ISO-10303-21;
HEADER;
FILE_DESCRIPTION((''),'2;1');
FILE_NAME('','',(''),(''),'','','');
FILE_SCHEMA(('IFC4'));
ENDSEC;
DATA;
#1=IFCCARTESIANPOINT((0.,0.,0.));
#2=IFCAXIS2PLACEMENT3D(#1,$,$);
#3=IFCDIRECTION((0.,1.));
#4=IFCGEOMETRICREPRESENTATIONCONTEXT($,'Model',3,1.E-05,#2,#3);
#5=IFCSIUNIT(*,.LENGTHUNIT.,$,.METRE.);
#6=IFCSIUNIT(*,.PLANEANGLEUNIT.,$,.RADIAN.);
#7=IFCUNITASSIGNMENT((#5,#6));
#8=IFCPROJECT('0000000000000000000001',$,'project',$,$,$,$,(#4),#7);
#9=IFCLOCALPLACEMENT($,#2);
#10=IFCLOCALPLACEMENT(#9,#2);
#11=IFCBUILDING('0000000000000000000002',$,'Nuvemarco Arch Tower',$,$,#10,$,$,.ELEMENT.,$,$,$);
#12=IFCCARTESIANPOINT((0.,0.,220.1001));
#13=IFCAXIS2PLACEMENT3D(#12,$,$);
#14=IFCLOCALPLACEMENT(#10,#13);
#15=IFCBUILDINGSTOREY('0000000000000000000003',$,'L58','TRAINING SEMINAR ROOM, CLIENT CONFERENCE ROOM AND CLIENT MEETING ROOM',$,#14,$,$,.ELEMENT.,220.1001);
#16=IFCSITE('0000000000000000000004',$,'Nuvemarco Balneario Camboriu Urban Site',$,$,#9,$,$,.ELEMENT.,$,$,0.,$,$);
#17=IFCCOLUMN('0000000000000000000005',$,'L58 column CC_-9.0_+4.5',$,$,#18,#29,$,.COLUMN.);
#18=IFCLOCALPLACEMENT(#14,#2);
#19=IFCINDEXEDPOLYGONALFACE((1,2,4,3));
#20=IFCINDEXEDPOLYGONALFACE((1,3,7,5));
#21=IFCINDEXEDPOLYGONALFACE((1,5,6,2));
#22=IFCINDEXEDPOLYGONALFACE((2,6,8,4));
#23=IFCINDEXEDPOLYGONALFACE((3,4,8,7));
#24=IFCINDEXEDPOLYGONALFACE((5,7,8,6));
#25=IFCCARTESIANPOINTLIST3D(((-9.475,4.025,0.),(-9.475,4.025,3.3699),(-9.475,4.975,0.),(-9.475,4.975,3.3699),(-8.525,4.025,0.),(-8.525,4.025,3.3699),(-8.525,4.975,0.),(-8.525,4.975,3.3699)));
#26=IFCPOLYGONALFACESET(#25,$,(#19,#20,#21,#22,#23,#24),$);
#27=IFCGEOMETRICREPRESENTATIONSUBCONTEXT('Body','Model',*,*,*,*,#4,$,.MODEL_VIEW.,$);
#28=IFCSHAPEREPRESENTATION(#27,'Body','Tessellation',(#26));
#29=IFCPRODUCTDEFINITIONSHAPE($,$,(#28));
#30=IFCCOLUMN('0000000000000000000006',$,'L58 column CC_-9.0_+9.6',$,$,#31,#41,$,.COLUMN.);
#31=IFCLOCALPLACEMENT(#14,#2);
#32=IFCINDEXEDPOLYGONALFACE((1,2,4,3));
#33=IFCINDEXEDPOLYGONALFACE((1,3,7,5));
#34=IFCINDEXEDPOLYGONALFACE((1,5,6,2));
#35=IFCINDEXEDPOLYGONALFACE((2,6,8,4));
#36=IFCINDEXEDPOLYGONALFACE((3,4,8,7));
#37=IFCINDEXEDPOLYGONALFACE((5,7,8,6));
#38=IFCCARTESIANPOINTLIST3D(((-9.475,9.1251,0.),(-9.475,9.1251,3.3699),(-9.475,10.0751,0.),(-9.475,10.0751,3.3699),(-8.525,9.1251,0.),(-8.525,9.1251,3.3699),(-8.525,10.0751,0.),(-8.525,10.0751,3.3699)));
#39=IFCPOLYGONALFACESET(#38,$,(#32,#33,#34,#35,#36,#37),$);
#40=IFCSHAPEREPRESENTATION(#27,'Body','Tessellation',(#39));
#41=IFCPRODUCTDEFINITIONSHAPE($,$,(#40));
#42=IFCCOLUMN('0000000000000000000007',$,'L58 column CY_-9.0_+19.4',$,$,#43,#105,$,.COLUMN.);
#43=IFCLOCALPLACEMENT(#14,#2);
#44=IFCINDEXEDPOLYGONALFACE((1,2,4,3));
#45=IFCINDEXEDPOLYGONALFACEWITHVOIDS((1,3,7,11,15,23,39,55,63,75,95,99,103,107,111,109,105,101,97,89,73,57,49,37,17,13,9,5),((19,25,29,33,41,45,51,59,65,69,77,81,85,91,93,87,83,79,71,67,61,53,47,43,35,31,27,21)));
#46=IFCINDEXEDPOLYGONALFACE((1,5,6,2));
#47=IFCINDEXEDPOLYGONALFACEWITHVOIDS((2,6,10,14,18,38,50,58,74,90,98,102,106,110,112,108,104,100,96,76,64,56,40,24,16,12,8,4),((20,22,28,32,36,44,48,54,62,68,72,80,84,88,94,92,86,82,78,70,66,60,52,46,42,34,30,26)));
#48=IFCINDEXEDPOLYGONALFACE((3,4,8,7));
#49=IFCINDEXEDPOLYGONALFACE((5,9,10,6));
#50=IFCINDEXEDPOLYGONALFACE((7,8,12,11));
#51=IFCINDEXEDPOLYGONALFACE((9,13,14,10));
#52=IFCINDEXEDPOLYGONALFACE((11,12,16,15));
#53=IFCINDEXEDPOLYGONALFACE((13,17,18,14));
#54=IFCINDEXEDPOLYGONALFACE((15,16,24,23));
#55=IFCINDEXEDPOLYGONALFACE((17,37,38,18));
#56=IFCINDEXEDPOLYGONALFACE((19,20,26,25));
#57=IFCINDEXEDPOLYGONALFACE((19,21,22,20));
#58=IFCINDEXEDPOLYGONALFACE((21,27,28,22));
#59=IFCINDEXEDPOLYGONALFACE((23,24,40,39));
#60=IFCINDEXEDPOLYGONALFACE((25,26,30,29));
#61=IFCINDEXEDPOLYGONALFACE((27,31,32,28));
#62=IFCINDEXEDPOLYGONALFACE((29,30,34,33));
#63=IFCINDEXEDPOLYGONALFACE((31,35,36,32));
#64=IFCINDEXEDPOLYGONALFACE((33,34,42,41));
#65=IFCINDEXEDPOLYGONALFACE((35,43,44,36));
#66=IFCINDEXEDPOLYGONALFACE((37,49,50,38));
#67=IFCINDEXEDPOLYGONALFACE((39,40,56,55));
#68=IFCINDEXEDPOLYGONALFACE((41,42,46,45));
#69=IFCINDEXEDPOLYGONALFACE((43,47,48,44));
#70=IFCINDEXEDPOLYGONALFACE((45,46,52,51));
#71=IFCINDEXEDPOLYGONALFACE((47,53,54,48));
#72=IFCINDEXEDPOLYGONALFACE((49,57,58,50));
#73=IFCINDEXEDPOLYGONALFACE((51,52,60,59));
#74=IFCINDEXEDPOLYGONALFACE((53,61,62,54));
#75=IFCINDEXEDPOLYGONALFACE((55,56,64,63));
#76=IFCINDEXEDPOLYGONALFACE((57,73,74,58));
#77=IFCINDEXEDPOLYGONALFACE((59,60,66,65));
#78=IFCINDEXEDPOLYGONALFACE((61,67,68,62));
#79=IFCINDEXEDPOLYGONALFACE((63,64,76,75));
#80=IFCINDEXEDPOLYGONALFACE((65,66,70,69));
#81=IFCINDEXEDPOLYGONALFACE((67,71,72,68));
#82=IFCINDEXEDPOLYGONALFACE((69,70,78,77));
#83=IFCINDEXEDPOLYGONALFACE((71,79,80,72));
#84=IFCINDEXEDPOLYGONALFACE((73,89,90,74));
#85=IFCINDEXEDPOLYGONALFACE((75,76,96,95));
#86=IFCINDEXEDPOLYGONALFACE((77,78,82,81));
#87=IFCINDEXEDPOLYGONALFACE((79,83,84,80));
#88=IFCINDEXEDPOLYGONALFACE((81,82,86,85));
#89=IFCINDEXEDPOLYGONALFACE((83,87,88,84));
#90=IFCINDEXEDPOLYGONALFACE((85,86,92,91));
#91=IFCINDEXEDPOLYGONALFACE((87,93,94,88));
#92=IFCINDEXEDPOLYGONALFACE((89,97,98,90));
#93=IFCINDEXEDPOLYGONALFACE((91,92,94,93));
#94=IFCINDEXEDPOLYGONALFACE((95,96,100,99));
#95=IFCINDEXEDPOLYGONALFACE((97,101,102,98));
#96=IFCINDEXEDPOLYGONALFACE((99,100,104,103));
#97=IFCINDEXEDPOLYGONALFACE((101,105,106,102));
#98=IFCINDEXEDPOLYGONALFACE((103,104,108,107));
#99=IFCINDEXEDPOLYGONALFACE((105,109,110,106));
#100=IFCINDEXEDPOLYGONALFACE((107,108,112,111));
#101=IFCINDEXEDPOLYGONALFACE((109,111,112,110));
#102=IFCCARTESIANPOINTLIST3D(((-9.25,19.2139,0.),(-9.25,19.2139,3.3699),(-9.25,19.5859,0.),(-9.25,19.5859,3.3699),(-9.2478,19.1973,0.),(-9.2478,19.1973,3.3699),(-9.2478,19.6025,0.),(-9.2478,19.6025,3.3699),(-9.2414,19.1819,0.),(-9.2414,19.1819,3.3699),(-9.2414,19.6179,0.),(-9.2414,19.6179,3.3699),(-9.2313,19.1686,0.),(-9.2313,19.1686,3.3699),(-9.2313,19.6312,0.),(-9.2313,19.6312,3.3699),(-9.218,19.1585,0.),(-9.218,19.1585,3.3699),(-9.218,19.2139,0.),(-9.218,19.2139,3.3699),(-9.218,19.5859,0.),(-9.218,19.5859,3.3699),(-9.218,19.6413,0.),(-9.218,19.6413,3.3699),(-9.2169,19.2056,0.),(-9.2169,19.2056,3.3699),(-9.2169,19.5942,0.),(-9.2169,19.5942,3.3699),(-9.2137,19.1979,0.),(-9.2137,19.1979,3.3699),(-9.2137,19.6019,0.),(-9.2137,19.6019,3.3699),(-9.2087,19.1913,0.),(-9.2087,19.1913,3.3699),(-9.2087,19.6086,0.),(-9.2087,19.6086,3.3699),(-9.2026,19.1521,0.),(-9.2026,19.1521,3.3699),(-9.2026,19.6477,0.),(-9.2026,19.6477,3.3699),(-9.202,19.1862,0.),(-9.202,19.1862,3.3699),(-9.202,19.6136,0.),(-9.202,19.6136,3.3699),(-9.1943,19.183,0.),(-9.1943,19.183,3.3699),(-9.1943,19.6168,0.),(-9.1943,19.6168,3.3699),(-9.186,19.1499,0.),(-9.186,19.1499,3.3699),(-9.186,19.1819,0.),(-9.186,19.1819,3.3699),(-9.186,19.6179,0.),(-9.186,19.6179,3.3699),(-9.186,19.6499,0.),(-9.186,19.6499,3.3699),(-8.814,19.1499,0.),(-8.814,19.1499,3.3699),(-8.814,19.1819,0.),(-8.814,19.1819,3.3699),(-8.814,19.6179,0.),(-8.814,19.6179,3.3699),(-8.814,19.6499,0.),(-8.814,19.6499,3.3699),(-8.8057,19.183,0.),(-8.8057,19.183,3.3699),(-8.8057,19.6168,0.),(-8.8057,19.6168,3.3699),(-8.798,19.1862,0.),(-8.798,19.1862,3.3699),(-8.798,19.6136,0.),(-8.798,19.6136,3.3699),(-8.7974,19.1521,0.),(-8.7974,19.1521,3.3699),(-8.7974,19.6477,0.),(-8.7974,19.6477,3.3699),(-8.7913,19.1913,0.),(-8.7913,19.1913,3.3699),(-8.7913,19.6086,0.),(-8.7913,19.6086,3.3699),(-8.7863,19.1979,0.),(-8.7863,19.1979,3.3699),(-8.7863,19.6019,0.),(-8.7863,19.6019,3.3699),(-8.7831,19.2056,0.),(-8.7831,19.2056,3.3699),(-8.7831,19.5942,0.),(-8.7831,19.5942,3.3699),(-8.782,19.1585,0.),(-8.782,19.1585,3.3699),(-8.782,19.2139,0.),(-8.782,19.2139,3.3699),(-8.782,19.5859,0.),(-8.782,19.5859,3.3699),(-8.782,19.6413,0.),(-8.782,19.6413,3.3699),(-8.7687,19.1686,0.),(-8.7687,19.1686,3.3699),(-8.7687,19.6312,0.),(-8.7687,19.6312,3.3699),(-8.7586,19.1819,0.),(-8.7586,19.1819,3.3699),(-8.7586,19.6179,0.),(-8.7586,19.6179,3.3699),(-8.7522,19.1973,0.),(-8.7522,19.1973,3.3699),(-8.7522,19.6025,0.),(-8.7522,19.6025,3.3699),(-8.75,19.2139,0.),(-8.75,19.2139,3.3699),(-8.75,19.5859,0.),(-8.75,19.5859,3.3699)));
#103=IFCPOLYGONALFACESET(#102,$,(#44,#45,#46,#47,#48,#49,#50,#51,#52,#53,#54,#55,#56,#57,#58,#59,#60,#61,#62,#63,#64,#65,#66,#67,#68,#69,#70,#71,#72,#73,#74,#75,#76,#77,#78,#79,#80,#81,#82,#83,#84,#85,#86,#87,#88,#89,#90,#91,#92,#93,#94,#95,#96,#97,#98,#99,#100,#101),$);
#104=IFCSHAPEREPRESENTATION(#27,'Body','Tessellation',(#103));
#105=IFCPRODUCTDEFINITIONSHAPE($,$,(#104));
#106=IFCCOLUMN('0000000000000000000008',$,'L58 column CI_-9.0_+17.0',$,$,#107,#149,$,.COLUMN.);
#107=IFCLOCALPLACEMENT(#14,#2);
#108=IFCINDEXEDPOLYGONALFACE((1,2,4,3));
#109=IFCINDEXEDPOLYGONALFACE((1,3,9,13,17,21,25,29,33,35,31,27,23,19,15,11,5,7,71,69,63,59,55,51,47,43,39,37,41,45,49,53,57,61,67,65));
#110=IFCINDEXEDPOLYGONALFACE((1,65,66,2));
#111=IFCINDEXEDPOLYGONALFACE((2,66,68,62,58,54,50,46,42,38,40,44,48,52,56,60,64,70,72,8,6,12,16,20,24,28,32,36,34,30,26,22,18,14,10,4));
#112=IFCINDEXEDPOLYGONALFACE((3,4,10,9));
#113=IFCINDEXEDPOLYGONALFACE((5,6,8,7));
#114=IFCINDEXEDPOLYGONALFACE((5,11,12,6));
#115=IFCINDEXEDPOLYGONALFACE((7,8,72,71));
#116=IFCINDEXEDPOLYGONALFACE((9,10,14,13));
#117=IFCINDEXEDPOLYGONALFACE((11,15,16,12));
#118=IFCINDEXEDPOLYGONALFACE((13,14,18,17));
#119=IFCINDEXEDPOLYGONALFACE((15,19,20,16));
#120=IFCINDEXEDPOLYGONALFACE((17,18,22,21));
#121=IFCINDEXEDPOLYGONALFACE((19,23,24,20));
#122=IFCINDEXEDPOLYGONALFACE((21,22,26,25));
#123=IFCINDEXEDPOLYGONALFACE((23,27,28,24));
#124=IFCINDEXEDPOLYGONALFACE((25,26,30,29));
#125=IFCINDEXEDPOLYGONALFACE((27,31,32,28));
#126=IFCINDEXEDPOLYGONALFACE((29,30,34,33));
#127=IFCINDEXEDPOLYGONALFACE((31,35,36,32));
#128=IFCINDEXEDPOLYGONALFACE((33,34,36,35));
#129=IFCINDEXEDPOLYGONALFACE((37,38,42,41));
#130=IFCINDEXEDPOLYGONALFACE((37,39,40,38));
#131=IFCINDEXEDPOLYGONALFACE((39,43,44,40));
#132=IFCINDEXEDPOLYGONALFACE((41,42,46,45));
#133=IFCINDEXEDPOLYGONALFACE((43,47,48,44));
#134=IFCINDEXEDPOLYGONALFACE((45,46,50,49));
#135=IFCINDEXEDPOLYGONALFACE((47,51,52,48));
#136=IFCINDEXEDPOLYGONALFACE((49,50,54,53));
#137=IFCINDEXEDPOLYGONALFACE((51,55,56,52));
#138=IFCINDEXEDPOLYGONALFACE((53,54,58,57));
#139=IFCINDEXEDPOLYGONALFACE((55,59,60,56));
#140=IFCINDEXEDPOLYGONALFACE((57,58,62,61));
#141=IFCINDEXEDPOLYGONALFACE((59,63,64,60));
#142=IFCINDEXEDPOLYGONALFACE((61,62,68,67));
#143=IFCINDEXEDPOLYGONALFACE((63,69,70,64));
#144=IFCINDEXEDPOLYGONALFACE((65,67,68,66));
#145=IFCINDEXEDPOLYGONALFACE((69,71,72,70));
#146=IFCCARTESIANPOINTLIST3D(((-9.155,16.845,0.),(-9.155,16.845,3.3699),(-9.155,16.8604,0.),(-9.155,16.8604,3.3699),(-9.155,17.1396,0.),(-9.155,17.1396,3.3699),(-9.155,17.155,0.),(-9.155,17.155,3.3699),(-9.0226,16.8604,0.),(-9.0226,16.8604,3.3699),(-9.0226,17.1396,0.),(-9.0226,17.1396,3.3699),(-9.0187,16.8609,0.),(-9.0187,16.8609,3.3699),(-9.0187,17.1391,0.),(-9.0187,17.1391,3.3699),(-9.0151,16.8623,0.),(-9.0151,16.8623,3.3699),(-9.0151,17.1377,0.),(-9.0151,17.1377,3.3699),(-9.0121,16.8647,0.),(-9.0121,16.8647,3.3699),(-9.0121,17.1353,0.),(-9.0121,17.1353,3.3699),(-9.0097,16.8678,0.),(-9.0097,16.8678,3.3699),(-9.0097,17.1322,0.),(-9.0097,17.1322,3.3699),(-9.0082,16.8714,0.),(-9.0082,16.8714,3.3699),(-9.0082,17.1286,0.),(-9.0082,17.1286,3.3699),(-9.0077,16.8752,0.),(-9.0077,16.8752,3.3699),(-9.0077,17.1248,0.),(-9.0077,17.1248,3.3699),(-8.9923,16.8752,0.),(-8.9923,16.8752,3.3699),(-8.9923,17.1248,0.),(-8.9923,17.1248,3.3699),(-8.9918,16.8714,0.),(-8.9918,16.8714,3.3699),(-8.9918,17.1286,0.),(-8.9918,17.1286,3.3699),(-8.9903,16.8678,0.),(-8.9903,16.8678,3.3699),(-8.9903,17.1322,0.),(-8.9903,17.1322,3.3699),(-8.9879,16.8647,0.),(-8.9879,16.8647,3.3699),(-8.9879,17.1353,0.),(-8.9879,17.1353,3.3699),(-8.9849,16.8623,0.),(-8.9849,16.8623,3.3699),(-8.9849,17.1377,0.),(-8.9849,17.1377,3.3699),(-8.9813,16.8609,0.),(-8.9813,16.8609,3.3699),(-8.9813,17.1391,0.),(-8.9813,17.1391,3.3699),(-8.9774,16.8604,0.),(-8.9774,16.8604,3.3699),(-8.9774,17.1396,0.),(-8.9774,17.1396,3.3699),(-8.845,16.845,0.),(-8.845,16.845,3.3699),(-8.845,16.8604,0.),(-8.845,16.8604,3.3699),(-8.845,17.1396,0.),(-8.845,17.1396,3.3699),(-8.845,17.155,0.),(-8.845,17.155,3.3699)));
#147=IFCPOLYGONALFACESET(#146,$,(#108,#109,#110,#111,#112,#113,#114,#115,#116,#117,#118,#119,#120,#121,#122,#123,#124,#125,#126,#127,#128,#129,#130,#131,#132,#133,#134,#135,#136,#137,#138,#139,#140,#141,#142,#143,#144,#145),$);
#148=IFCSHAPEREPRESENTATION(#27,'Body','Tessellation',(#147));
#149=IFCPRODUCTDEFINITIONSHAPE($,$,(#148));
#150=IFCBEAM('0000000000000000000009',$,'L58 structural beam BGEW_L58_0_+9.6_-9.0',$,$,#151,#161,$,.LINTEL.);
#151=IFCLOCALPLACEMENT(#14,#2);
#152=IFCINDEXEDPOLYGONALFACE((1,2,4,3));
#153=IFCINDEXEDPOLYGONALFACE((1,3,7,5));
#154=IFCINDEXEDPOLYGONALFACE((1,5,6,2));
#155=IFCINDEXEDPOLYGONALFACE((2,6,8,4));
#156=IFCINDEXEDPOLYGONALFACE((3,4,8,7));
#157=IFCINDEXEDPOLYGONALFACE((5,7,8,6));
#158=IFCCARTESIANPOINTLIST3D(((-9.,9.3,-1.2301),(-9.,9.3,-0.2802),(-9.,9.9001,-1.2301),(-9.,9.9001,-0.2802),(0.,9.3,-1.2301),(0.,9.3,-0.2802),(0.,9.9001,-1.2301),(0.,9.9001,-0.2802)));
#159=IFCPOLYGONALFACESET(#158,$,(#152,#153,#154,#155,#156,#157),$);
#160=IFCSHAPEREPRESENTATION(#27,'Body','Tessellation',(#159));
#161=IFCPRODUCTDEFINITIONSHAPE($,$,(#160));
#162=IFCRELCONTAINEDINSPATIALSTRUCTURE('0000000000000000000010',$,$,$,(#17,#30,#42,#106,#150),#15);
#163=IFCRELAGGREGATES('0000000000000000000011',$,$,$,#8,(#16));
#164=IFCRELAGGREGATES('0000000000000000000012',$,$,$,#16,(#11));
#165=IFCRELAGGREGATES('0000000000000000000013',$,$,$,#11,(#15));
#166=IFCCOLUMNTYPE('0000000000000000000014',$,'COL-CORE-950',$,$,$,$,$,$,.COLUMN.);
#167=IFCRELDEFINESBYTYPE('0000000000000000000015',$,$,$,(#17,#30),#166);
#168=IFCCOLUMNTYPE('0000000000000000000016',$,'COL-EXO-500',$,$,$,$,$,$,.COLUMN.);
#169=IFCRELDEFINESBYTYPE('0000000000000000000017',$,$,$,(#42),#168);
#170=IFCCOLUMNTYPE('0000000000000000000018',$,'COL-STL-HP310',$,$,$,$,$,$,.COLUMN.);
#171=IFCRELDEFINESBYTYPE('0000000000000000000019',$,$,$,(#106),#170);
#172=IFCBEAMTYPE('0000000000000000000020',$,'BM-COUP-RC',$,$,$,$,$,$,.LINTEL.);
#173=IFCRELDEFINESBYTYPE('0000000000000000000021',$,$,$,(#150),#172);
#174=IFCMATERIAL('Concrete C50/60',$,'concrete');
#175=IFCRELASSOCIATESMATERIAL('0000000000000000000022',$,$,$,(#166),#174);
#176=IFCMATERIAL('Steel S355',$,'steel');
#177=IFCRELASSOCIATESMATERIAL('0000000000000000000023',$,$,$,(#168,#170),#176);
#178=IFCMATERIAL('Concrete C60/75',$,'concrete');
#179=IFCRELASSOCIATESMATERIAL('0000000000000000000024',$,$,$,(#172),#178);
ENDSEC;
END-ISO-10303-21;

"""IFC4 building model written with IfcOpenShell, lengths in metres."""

from ifc_helpers import new_model, si_unit, direction, frame, origin, origin_2d, place, context, subcontext, project, spatial, rectangle, hollow_rectangle, i_section, extrude, material, material_profile, profile_set, type_object, element, save


model = new_model("IFC4")

# Units and contexts
model_context = context("Model", 3, precision=1e-05, world=origin(), true_north=direction((0.0, 1.0)))
body_context = subcontext(model_context, "Body", "Model", "MODEL_VIEW")
ifc_project = project(units=[si_unit("LENGTHUNIT", "METRE"), si_unit("PLANEANGLEUNIT", "RADIAN")], contexts=[model_context])

# Site, building, storey
site_placement = place(None, origin())
site = spatial("IfcSite", under=ifc_project, at=site_placement, Name="Nuvemarco Balneario Camboriu Urban Site", CompositionType="ELEMENT", RefElevation=0.0)
building_placement = place(site_placement, origin())
building = spatial("IfcBuilding", under=site, at=building_placement, Name="Nuvemarco Arch Tower", CompositionType="ELEMENT")
storey_placement = place(building_placement, frame((0.0, 0.0, 220.1001)))
storey = spatial("IfcBuildingStorey", under=building, at=storey_placement, Name="L58", Description="TRAINING SEMINAR ROOM, CLIENT CONFERENCE ROOM AND CLIENT MEETING ROOM", CompositionType="ELEMENT", Elevation=220.1001)

# Columns
ifc_material_1 = material(Name="Concrete C50/60", Category="concrete")
ifc_material_profile_1 = material_profile(ifc_material_1, rectangle(XDim=0.95, YDim=0.95, at=origin_2d()), Name="RC-COL-950x950")
ifc_profile_set_1 = profile_set([ifc_material_profile_1], Name="Concrete C50/60")
column_type_1 = type_object("IfcColumnType", Name="COL-CORE-950", PredefinedType="COLUMN", material=ifc_profile_set_1)
for number, where, z_axis, x_axis, name in (
    (1, (-9.0, 4.5, 0.0), (0.0, 0.0, 1.0), (1.0, 0.0, 0.0), "L58 column CC_-9.0_+4.5"),
    (2, (-9.0, 9.6001, 0.0), (0.0, 0.0, 1.0), (1.0, 0.0, 0.0), "L58 column CC_-9.0_+9.6"),
):
    element("IfcColumn", number, at=place(storey_placement, frame(where, z_axis=z_axis, x_axis=x_axis)), inside=storey, type_object=column_type_1, Name=name, PredefinedType="COLUMN", context=body_context, shape_type="SweptSolid", body=[
        extrude(rectangle(XDim=0.95, YDim=0.95, at=origin_2d()), origin(), (0.0, 0.0, 1.0), 3.3699),
    ])
ifc_material_2 = material(Name="Steel S355", Category="steel")
ifc_material_profile_2 = material_profile(ifc_material_2, hollow_rectangle(XDim=0.5, YDim=0.5, WallThickness=0.032, InnerFilletRadius=0.032, OuterFilletRadius=0.064, at=origin_2d()), Name="SHS500x500x32")
ifc_profile_set_2 = profile_set([ifc_material_profile_2], Name="Steel S355")
column_type_2 = type_object("IfcColumnType", Name="COL-EXO-500", PredefinedType="COLUMN", material=ifc_profile_set_2)
column_1_placement = place(storey_placement, frame((-9.0, 19.3999, 0.0), z_axis=(0.0, 0.0, 1.0), x_axis=(1.0, 0.0, 0.0)))
element("IfcColumn", 3, at=column_1_placement, inside=storey, type_object=column_type_2, Name="L58 column CY_-9.0_+19.4", PredefinedType="COLUMN", context=body_context, shape_type="SweptSolid", body=[
    extrude(hollow_rectangle(XDim=0.5, YDim=0.5, WallThickness=0.032, InnerFilletRadius=0.032, OuterFilletRadius=0.064, at=origin_2d()), origin(), (0.0, 0.0, 1.0), 3.3699),
])
ifc_material_profile_3 = material_profile(ifc_material_2, i_section(OverallWidth=0.3101, OverallDepth=0.3101, WebThickness=0.0154, FlangeThickness=0.0154, FilletRadius=0.0149, at=origin_2d()), Name="HP310x110")
ifc_profile_set_3 = profile_set([ifc_material_profile_3], Name="Steel S355")
column_type_3 = type_object("IfcColumnType", Name="COL-STL-HP310", PredefinedType="COLUMN", material=ifc_profile_set_3)
column_2_placement = place(storey_placement, frame((-9.0, 17.0, 0.0), z_axis=(0.0, 0.0, 1.0), x_axis=(1.0, 0.0, 0.0)))
element("IfcColumn", 4, at=column_2_placement, inside=storey, type_object=column_type_3, Name="L58 column CI_-9.0_+17.0", PredefinedType="COLUMN", context=body_context, shape_type="SweptSolid", body=[
    extrude(i_section(OverallWidth=0.3101, OverallDepth=0.3101, WebThickness=0.0154, FlangeThickness=0.0154, FilletRadius=0.0149, at=origin_2d()), origin(), (0.0, 0.0, 1.0), 3.3699),
])

# Beam
ifc_material_3 = material(Name="Concrete C60/75", Category="concrete")
ifc_material_profile_4 = material_profile(ifc_material_3, rectangle(XDim=0.6001, YDim=0.95, at=origin_2d()), Name="RC-BM-600x950")
ifc_profile_set_4 = profile_set([ifc_material_profile_4], Name="Concrete C60/75")
beam_type_1 = type_object("IfcBeamType", Name="BM-COUP-RC", PredefinedType="LINTEL", material=ifc_profile_set_4)
beam_1_placement = place(storey_placement, frame((-9.0, 9.6001, -0.7551), z_axis=(1.0, 0.0, 0.0), x_axis=(0.0, 1.0, 0.0)))
element("IfcBeam", 5, at=beam_1_placement, inside=storey, type_object=beam_type_1, Name="L58 structural beam BGEW_L58_0_+9.6_-9.0", PredefinedType="LINTEL", context=body_context, shape_type="SweptSolid", body=[
    extrude(rectangle(XDim=0.6001, YDim=0.95, at=origin_2d()), origin(), (0.0, 0.0, 1.0), 9.0),
])

save(model, "model.ifc")
